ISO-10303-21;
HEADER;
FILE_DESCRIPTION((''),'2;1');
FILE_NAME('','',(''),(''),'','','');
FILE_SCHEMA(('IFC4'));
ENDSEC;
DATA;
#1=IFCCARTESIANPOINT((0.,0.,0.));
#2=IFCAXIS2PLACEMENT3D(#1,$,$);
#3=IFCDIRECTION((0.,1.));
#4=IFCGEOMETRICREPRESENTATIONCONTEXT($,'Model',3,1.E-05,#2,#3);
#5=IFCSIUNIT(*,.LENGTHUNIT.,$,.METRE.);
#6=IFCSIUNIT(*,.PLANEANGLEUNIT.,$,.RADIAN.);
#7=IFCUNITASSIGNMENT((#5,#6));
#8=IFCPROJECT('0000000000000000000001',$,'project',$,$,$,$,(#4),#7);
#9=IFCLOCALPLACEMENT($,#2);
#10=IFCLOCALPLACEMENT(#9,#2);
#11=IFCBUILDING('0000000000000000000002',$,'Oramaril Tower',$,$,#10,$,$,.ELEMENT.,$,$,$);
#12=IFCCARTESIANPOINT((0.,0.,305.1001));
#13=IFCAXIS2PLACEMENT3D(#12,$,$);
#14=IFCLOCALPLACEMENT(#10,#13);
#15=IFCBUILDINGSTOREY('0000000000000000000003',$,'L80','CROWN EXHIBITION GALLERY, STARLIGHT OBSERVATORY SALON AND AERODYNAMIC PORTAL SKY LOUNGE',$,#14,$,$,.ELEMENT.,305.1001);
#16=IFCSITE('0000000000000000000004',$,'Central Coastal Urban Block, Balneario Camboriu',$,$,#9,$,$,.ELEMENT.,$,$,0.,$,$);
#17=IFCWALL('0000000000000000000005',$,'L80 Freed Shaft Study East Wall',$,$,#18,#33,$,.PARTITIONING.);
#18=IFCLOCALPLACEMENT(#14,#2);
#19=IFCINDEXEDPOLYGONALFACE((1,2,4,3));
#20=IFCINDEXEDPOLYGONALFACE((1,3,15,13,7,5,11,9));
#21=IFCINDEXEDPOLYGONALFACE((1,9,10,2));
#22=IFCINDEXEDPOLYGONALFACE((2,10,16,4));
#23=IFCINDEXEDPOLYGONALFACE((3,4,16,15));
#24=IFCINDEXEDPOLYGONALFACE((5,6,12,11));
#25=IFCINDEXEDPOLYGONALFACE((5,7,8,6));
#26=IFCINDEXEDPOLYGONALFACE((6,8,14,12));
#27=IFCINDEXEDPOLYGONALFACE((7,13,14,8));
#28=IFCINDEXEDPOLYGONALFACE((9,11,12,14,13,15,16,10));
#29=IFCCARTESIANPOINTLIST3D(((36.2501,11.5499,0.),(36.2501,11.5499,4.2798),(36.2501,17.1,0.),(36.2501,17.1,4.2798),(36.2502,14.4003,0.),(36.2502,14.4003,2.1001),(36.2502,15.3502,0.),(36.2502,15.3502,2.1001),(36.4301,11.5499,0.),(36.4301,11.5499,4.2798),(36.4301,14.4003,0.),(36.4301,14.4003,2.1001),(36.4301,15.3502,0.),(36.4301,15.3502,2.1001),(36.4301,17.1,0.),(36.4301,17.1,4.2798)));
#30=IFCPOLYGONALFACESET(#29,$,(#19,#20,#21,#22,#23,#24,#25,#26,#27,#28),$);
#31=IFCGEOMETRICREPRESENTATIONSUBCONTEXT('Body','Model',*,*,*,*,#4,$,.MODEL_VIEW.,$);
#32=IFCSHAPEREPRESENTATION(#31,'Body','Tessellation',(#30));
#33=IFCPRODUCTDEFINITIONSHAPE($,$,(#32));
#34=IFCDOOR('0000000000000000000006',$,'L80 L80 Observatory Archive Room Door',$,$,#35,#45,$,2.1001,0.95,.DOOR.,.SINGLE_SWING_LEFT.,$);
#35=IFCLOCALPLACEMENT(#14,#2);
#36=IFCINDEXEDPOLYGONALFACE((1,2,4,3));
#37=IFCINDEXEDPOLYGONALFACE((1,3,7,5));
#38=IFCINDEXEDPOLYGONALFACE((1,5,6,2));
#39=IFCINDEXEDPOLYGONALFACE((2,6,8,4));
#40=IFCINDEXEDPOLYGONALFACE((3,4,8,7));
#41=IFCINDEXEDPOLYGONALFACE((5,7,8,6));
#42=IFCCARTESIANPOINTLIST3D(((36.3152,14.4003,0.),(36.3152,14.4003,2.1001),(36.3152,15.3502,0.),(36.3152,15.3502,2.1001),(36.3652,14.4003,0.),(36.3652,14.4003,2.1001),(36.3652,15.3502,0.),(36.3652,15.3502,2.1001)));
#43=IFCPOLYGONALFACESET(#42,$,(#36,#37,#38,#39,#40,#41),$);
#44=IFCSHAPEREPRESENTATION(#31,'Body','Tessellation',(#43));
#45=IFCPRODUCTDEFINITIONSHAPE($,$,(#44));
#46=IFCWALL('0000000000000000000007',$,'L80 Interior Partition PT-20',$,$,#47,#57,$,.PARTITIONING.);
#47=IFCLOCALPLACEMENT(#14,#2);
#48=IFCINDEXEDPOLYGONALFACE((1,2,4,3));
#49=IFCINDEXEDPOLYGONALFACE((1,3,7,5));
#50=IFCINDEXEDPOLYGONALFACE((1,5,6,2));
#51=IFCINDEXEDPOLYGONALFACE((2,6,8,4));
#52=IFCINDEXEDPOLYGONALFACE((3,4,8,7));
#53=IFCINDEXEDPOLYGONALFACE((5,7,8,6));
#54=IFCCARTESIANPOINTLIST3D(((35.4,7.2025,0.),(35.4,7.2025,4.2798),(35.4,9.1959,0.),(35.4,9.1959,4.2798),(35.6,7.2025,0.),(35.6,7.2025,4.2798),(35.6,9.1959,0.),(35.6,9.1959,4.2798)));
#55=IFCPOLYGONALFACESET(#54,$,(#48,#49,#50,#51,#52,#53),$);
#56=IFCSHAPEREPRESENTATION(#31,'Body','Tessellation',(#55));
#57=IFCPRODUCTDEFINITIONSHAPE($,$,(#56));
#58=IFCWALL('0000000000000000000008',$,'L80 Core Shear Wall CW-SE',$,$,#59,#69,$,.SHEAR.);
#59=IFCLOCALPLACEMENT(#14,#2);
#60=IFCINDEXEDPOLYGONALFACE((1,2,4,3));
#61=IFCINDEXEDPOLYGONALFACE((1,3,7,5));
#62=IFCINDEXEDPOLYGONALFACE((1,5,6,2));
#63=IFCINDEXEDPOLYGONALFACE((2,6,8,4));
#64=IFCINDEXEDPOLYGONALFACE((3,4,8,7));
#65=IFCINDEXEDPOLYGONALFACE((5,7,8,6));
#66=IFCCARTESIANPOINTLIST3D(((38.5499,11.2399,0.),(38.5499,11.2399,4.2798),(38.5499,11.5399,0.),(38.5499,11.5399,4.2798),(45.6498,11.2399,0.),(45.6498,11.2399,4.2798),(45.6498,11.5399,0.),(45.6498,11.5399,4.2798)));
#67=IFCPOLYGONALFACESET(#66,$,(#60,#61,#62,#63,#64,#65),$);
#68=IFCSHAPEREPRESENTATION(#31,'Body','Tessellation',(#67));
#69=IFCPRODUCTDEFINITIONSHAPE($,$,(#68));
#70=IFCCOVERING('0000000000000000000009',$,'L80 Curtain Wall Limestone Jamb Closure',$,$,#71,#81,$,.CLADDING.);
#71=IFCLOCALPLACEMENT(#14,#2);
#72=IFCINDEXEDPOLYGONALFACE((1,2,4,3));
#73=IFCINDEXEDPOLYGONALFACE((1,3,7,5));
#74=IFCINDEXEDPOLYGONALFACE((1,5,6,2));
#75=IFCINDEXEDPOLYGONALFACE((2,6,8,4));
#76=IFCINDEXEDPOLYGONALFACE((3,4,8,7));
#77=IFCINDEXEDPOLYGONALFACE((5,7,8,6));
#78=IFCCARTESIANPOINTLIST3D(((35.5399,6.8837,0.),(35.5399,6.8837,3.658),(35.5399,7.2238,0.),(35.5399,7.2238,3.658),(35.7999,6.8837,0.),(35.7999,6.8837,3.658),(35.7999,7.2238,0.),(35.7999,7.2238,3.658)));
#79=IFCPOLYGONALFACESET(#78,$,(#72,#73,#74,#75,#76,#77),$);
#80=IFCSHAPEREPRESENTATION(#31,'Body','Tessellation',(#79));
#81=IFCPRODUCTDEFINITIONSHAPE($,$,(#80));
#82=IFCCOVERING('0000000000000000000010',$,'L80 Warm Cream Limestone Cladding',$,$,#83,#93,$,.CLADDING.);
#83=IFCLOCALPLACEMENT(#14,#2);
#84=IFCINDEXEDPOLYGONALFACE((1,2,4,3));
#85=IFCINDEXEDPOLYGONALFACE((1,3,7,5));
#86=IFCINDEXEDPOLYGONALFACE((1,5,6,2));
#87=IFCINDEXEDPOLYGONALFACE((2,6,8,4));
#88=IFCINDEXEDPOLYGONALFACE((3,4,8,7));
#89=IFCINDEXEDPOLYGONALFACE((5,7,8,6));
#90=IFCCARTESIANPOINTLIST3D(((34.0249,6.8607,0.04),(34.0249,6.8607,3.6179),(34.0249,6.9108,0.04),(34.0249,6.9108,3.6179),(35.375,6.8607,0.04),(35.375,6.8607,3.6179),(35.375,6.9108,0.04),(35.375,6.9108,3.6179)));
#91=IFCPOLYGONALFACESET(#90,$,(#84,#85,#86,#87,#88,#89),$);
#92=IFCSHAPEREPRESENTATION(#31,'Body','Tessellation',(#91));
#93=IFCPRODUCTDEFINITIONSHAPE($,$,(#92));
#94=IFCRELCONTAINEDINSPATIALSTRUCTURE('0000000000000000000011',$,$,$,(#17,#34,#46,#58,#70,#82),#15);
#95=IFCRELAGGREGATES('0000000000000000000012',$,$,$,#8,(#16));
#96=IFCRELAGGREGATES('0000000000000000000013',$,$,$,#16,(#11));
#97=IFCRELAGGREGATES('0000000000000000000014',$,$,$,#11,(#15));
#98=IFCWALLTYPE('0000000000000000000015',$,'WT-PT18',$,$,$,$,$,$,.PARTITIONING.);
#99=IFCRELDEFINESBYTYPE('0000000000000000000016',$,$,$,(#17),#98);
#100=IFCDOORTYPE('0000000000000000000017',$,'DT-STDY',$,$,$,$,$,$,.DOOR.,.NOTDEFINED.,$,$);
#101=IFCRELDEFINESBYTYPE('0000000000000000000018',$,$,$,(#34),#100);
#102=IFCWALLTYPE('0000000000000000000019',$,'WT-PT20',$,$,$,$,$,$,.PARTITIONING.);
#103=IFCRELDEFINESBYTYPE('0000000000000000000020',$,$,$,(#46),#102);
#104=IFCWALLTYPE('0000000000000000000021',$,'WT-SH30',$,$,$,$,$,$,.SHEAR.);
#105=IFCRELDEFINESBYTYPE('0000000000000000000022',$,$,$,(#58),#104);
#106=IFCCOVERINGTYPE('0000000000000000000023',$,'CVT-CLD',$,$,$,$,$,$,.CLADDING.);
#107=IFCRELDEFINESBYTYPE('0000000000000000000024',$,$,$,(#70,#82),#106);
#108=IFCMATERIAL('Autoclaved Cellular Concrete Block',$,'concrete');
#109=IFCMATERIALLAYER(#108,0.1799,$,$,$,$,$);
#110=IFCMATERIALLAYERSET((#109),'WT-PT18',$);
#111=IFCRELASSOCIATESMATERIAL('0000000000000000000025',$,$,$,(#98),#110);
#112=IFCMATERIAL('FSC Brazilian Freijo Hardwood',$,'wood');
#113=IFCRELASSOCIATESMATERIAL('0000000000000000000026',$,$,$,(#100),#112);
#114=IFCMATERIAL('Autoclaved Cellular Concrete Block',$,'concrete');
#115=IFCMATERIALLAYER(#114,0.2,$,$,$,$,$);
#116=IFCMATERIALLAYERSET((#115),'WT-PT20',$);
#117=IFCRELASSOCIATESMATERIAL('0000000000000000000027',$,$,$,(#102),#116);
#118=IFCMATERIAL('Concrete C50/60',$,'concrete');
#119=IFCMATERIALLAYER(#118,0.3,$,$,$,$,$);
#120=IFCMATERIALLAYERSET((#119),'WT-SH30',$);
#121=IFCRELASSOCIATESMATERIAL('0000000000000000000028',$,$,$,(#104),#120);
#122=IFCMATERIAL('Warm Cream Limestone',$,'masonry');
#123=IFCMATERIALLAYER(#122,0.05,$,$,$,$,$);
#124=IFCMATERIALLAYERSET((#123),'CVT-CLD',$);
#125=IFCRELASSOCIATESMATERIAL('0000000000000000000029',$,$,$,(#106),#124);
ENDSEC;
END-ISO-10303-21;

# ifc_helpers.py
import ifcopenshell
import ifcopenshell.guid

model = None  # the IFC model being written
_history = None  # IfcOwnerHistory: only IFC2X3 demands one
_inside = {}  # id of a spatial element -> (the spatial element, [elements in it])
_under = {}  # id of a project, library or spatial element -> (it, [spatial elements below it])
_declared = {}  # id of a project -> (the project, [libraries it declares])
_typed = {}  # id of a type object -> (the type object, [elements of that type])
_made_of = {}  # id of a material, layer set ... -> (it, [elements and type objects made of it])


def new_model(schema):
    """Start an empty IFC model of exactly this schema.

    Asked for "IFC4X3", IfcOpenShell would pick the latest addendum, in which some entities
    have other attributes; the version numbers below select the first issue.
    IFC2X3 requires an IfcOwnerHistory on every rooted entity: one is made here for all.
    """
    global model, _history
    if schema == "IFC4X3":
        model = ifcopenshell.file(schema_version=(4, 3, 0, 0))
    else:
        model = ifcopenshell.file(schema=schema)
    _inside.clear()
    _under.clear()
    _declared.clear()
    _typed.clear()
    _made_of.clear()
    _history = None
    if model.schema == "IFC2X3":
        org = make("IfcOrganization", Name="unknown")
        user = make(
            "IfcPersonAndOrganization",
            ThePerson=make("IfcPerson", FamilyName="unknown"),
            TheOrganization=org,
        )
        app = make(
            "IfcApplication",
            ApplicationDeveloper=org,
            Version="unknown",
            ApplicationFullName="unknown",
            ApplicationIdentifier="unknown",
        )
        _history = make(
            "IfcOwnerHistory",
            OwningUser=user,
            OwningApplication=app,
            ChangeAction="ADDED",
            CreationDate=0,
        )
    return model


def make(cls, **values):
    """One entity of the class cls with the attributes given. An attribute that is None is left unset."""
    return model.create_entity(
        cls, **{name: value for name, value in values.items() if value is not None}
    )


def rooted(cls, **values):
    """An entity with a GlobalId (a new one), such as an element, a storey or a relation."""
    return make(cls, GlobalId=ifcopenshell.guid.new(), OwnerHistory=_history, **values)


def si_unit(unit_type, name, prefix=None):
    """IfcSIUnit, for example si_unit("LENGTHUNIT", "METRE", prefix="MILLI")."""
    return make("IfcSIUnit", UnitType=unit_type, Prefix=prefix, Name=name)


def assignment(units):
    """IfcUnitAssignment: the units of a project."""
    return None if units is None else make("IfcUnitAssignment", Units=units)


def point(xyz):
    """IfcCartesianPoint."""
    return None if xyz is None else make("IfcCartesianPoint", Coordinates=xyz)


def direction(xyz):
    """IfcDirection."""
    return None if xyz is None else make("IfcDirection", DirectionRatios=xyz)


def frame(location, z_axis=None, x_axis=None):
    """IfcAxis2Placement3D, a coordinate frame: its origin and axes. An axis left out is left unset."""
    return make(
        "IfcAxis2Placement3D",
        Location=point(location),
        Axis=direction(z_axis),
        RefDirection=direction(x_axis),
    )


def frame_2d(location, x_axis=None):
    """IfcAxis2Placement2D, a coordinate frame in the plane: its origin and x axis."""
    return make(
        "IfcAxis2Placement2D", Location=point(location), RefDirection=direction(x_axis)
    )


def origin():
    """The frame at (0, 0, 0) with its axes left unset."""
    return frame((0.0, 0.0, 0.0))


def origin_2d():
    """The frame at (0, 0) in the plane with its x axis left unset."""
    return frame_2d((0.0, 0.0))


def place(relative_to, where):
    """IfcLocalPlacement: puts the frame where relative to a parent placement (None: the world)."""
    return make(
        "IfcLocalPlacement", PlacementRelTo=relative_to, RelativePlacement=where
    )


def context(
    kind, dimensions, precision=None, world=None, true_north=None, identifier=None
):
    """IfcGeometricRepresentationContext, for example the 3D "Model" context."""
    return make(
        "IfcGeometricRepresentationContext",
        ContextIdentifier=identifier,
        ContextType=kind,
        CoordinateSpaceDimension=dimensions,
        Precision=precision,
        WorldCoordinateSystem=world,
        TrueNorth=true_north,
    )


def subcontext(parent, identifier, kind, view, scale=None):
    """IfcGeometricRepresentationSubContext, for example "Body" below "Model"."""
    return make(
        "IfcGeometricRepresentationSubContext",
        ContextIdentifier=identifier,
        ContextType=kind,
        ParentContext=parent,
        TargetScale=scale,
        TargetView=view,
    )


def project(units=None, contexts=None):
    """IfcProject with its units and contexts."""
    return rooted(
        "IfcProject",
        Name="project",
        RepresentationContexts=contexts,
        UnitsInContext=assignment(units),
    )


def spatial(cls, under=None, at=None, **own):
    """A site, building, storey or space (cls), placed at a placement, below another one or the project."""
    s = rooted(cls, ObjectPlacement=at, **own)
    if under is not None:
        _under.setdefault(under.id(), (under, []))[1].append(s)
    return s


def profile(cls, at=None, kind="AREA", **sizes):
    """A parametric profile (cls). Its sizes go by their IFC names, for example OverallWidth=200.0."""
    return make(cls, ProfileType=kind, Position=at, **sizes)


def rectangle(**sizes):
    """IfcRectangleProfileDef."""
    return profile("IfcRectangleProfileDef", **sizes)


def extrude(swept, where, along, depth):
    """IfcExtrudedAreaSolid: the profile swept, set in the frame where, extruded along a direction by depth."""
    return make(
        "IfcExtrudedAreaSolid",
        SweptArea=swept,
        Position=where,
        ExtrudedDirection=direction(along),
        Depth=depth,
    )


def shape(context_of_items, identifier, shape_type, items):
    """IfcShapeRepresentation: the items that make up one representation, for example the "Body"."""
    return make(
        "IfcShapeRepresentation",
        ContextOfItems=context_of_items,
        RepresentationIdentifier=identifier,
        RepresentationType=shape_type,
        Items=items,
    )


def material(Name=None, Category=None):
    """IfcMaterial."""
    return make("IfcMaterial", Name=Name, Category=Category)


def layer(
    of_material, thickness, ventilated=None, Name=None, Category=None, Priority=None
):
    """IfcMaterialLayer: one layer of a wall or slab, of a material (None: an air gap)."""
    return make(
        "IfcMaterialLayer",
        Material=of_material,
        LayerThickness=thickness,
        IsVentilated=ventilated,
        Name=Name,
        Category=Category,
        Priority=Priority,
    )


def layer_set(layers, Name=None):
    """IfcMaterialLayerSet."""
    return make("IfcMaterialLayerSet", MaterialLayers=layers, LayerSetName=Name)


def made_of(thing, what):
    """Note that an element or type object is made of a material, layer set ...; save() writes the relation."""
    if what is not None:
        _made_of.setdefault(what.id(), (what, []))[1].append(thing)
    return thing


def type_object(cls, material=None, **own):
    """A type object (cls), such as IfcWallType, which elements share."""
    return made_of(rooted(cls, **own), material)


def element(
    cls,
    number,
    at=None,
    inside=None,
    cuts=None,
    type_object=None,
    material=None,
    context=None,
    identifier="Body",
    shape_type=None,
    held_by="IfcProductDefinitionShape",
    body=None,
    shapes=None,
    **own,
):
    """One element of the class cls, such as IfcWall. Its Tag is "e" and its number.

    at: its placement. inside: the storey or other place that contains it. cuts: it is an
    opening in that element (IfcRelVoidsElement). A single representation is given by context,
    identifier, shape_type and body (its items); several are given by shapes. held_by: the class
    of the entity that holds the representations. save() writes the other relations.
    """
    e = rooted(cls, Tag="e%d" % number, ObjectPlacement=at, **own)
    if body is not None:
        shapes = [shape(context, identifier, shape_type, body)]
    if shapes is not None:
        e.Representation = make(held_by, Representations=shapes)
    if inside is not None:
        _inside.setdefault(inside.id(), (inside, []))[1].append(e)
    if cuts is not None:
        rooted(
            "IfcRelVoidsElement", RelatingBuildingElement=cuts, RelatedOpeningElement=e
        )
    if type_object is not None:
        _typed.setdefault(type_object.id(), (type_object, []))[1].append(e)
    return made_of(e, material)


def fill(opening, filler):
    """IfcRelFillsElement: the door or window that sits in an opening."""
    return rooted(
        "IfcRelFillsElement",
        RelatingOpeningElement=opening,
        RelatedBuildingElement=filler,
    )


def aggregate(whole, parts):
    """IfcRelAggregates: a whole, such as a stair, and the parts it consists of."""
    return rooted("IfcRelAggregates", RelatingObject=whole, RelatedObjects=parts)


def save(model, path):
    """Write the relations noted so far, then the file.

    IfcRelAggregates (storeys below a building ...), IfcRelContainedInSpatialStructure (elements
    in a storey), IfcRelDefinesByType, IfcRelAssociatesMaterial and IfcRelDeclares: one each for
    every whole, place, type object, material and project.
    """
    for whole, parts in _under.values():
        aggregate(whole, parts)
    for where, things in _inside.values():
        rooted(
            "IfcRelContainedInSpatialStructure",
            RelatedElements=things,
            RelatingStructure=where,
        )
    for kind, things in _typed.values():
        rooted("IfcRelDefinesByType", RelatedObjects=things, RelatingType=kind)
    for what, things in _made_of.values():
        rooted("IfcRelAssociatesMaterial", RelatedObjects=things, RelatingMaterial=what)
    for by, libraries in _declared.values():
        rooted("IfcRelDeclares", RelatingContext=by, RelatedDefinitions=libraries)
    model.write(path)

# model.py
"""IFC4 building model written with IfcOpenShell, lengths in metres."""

from ifc_helpers import new_model, si_unit, direction, frame, frame_2d, origin, origin_2d, place, context, subcontext, project, spatial, rectangle, extrude, material, layer, layer_set, type_object, element, fill, save


model = new_model("IFC4")

# Units and contexts
model_context = context("Model", 3, precision=1e-05, world=origin(), true_north=direction((0.0, 1.0)))
body_context = subcontext(model_context, "Body", "Model", "MODEL_VIEW")
ifc_project = project(units=[si_unit("LENGTHUNIT", "METRE"), si_unit("PLANEANGLEUNIT", "RADIAN")], contexts=[model_context])

# Site, building, storey
site_placement = place(None, origin())
site = spatial("IfcSite", under=ifc_project, at=site_placement, Name="Central Coastal Urban Block, Balneario Camboriu", CompositionType="ELEMENT", RefElevation=0.0)
building_placement = place(site_placement, origin())
building = spatial("IfcBuilding", under=site, at=building_placement, Name="Oramaril Tower", CompositionType="ELEMENT")
storey_placement = place(building_placement, frame((0.0, 0.0, 305.1001)))
storey = spatial("IfcBuildingStorey", under=building, at=storey_placement, Name="L80", Description="CROWN EXHIBITION GALLERY, STARLIGHT OBSERVATORY SALON AND AERODYNAMIC PORTAL SKY LOUNGE", CompositionType="ELEMENT", Elevation=305.1001)

# Wall, opening, door
ifc_material_1 = material(Name="Autoclaved Cellular Concrete Block", Category="concrete")
ifc_layer_1 = layer(ifc_material_1, 0.1799)
ifc_layer_set_1 = layer_set([ifc_layer_1], Name="WT-PT18")
wall_type_1 = type_object("IfcWallType", Name="WT-PT18", PredefinedType="PARTITIONING", material=ifc_layer_set_1)
wall_1_placement = place(storey_placement, frame((36.3401, 11.55, 0.0), z_axis=(0.0, 0.0, 1.0), x_axis=(0.0, 1.0, 0.0)))
wall_1 = element("IfcWall", 1, at=wall_1_placement, inside=storey, type_object=wall_type_1, Name="L80 Freed Shaft Study East Wall", PredefinedType="PARTITIONING", context=body_context, shape_type="SweptSolid", body=[
    extrude(rectangle(XDim=5.55, YDim=0.1799, at=frame_2d((2.7749, 0.0))), origin(), (0.0, 0.0, 1.0), 4.2798),
])
opening_placement = place(wall_1_placement, frame((2.8501, 0.0, 0.0)))
opening = element("IfcOpeningElement", 2, at=opening_placement, cuts=wall_1, PredefinedType="OPENING", context=body_context, shape_type="SweptSolid", body=[
    extrude(rectangle(XDim=0.95, YDim=2.1001, at=frame_2d((0.4751, 1.05))), frame((0.0, 0.0898, 0.0), z_axis=(0.0, -1.0, 0.0), x_axis=(1.0, 0.0, 0.0)), (0.0, 0.0, 1.0), 0.1799),
])
ifc_material_2 = material(Name="FSC Brazilian Freijo Hardwood", Category="wood")
door_type = type_object("IfcDoorType", Name="DT-STDY", OperationType="NOTDEFINED", PredefinedType="DOOR", material=ifc_material_2)
door_placement = place(opening_placement, origin())
door = element("IfcDoor", 3, at=door_placement, inside=storey, type_object=door_type, Name="L80 L80 Observatory Archive Room Door", OperationType="SINGLE_SWING_LEFT", OverallHeight=2.1001, OverallWidth=0.95, PredefinedType="DOOR", context=body_context, shape_type="SweptSolid", body=[
    extrude(rectangle(XDim=0.95, YDim=2.1001, at=frame_2d((0.4751, 1.05))), frame((0.0, 0.0249, 0.0), z_axis=(0.0, -1.0, 0.0), x_axis=(1.0, 0.0, 0.0)), (0.0, 0.0, 1.0), 0.05),
])
fill(opening, door)

# Walls
ifc_material_3 = material(Name="Autoclaved Cellular Concrete Block", Category="concrete")
ifc_layer_2 = layer(ifc_material_3, 0.2)
ifc_layer_set_2 = layer_set([ifc_layer_2], Name="WT-PT20")
wall_type_2 = type_object("IfcWallType", Name="WT-PT20", PredefinedType="PARTITIONING", material=ifc_layer_set_2)
wall_2_placement = place(storey_placement, frame((35.5, 7.2026, 0.0), z_axis=(0.0, 0.0, 1.0), x_axis=(0.0, 1.0, 0.0)))
element("IfcWall", 4, at=wall_2_placement, inside=storey, type_object=wall_type_2, Name="L80 Interior Partition PT-20", PredefinedType="PARTITIONING", context=body_context, shape_type="SweptSolid", body=[
    extrude(rectangle(XDim=1.9934, YDim=0.2, at=frame_2d((0.9966, 0.0))), origin(), (0.0, 0.0, 1.0), 4.2798),
])
ifc_material_4 = material(Name="Concrete C50/60", Category="concrete")
ifc_layer_3 = layer(ifc_material_4, 0.3)
ifc_layer_set_3 = layer_set([ifc_layer_3], Name="WT-SH30")
wall_type_3 = type_object("IfcWallType", Name="WT-SH30", PredefinedType="SHEAR", material=ifc_layer_set_3)
wall_3_placement = place(storey_placement, frame((38.55, 11.3899, 0.0), z_axis=(0.0, 0.0, 1.0), x_axis=(1.0, 0.0, 0.0)))
element("IfcWall", 5, at=wall_3_placement, inside=storey, type_object=wall_type_3, Name="L80 Core Shear Wall CW-SE", PredefinedType="SHEAR", context=body_context, shape_type="SweptSolid", body=[
    extrude(rectangle(XDim=7.0999, YDim=0.3, at=frame_2d((3.5498, 0.0))), origin(), (0.0, 0.0, 1.0), 4.2798),
])

# Coverings
ifc_material_5 = material(Name="Warm Cream Limestone", Category="masonry")
ifc_layer_4 = layer(ifc_material_5, 0.05)
ifc_layer_set_4 = layer_set([ifc_layer_4], Name="CVT-CLD")
covering_type = type_object("IfcCoveringType", Name="CVT-CLD", PredefinedType="CLADDING", material=ifc_layer_set_4)
covering_1_placement = place(storey_placement, frame((35.6699, 7.0537, 0.0), z_axis=(0.0, 0.0, 1.0), x_axis=(1.0, 0.0, 0.0)))
element("IfcCovering", 6, at=covering_1_placement, inside=storey, type_object=covering_type, Name="L80 Curtain Wall Limestone Jamb Closure", PredefinedType="CLADDING", context=body_context, shape_type="SweptSolid", body=[
    extrude(rectangle(XDim=0.26, YDim=0.3401, at=origin_2d()), origin(), (0.0, 0.0, 1.0), 3.658),
])
covering_2_placement = place(storey_placement, frame((34.7, 6.8857, 0.04), z_axis=(0.0, 0.0, 1.0), x_axis=(1.0, 0.0, 0.0)))
element("IfcCovering", 7, at=covering_2_placement, inside=storey, type_object=covering_type, Name="L80 Warm Cream Limestone Cladding", PredefinedType="CLADDING", context=body_context, shape_type="SweptSolid", body=[
    extrude(rectangle(XDim=1.3501, YDim=0.05, at=origin_2d()), origin(), (0.0, 0.0, 1.0), 3.5779),
])

save(model, "model.ifc")
